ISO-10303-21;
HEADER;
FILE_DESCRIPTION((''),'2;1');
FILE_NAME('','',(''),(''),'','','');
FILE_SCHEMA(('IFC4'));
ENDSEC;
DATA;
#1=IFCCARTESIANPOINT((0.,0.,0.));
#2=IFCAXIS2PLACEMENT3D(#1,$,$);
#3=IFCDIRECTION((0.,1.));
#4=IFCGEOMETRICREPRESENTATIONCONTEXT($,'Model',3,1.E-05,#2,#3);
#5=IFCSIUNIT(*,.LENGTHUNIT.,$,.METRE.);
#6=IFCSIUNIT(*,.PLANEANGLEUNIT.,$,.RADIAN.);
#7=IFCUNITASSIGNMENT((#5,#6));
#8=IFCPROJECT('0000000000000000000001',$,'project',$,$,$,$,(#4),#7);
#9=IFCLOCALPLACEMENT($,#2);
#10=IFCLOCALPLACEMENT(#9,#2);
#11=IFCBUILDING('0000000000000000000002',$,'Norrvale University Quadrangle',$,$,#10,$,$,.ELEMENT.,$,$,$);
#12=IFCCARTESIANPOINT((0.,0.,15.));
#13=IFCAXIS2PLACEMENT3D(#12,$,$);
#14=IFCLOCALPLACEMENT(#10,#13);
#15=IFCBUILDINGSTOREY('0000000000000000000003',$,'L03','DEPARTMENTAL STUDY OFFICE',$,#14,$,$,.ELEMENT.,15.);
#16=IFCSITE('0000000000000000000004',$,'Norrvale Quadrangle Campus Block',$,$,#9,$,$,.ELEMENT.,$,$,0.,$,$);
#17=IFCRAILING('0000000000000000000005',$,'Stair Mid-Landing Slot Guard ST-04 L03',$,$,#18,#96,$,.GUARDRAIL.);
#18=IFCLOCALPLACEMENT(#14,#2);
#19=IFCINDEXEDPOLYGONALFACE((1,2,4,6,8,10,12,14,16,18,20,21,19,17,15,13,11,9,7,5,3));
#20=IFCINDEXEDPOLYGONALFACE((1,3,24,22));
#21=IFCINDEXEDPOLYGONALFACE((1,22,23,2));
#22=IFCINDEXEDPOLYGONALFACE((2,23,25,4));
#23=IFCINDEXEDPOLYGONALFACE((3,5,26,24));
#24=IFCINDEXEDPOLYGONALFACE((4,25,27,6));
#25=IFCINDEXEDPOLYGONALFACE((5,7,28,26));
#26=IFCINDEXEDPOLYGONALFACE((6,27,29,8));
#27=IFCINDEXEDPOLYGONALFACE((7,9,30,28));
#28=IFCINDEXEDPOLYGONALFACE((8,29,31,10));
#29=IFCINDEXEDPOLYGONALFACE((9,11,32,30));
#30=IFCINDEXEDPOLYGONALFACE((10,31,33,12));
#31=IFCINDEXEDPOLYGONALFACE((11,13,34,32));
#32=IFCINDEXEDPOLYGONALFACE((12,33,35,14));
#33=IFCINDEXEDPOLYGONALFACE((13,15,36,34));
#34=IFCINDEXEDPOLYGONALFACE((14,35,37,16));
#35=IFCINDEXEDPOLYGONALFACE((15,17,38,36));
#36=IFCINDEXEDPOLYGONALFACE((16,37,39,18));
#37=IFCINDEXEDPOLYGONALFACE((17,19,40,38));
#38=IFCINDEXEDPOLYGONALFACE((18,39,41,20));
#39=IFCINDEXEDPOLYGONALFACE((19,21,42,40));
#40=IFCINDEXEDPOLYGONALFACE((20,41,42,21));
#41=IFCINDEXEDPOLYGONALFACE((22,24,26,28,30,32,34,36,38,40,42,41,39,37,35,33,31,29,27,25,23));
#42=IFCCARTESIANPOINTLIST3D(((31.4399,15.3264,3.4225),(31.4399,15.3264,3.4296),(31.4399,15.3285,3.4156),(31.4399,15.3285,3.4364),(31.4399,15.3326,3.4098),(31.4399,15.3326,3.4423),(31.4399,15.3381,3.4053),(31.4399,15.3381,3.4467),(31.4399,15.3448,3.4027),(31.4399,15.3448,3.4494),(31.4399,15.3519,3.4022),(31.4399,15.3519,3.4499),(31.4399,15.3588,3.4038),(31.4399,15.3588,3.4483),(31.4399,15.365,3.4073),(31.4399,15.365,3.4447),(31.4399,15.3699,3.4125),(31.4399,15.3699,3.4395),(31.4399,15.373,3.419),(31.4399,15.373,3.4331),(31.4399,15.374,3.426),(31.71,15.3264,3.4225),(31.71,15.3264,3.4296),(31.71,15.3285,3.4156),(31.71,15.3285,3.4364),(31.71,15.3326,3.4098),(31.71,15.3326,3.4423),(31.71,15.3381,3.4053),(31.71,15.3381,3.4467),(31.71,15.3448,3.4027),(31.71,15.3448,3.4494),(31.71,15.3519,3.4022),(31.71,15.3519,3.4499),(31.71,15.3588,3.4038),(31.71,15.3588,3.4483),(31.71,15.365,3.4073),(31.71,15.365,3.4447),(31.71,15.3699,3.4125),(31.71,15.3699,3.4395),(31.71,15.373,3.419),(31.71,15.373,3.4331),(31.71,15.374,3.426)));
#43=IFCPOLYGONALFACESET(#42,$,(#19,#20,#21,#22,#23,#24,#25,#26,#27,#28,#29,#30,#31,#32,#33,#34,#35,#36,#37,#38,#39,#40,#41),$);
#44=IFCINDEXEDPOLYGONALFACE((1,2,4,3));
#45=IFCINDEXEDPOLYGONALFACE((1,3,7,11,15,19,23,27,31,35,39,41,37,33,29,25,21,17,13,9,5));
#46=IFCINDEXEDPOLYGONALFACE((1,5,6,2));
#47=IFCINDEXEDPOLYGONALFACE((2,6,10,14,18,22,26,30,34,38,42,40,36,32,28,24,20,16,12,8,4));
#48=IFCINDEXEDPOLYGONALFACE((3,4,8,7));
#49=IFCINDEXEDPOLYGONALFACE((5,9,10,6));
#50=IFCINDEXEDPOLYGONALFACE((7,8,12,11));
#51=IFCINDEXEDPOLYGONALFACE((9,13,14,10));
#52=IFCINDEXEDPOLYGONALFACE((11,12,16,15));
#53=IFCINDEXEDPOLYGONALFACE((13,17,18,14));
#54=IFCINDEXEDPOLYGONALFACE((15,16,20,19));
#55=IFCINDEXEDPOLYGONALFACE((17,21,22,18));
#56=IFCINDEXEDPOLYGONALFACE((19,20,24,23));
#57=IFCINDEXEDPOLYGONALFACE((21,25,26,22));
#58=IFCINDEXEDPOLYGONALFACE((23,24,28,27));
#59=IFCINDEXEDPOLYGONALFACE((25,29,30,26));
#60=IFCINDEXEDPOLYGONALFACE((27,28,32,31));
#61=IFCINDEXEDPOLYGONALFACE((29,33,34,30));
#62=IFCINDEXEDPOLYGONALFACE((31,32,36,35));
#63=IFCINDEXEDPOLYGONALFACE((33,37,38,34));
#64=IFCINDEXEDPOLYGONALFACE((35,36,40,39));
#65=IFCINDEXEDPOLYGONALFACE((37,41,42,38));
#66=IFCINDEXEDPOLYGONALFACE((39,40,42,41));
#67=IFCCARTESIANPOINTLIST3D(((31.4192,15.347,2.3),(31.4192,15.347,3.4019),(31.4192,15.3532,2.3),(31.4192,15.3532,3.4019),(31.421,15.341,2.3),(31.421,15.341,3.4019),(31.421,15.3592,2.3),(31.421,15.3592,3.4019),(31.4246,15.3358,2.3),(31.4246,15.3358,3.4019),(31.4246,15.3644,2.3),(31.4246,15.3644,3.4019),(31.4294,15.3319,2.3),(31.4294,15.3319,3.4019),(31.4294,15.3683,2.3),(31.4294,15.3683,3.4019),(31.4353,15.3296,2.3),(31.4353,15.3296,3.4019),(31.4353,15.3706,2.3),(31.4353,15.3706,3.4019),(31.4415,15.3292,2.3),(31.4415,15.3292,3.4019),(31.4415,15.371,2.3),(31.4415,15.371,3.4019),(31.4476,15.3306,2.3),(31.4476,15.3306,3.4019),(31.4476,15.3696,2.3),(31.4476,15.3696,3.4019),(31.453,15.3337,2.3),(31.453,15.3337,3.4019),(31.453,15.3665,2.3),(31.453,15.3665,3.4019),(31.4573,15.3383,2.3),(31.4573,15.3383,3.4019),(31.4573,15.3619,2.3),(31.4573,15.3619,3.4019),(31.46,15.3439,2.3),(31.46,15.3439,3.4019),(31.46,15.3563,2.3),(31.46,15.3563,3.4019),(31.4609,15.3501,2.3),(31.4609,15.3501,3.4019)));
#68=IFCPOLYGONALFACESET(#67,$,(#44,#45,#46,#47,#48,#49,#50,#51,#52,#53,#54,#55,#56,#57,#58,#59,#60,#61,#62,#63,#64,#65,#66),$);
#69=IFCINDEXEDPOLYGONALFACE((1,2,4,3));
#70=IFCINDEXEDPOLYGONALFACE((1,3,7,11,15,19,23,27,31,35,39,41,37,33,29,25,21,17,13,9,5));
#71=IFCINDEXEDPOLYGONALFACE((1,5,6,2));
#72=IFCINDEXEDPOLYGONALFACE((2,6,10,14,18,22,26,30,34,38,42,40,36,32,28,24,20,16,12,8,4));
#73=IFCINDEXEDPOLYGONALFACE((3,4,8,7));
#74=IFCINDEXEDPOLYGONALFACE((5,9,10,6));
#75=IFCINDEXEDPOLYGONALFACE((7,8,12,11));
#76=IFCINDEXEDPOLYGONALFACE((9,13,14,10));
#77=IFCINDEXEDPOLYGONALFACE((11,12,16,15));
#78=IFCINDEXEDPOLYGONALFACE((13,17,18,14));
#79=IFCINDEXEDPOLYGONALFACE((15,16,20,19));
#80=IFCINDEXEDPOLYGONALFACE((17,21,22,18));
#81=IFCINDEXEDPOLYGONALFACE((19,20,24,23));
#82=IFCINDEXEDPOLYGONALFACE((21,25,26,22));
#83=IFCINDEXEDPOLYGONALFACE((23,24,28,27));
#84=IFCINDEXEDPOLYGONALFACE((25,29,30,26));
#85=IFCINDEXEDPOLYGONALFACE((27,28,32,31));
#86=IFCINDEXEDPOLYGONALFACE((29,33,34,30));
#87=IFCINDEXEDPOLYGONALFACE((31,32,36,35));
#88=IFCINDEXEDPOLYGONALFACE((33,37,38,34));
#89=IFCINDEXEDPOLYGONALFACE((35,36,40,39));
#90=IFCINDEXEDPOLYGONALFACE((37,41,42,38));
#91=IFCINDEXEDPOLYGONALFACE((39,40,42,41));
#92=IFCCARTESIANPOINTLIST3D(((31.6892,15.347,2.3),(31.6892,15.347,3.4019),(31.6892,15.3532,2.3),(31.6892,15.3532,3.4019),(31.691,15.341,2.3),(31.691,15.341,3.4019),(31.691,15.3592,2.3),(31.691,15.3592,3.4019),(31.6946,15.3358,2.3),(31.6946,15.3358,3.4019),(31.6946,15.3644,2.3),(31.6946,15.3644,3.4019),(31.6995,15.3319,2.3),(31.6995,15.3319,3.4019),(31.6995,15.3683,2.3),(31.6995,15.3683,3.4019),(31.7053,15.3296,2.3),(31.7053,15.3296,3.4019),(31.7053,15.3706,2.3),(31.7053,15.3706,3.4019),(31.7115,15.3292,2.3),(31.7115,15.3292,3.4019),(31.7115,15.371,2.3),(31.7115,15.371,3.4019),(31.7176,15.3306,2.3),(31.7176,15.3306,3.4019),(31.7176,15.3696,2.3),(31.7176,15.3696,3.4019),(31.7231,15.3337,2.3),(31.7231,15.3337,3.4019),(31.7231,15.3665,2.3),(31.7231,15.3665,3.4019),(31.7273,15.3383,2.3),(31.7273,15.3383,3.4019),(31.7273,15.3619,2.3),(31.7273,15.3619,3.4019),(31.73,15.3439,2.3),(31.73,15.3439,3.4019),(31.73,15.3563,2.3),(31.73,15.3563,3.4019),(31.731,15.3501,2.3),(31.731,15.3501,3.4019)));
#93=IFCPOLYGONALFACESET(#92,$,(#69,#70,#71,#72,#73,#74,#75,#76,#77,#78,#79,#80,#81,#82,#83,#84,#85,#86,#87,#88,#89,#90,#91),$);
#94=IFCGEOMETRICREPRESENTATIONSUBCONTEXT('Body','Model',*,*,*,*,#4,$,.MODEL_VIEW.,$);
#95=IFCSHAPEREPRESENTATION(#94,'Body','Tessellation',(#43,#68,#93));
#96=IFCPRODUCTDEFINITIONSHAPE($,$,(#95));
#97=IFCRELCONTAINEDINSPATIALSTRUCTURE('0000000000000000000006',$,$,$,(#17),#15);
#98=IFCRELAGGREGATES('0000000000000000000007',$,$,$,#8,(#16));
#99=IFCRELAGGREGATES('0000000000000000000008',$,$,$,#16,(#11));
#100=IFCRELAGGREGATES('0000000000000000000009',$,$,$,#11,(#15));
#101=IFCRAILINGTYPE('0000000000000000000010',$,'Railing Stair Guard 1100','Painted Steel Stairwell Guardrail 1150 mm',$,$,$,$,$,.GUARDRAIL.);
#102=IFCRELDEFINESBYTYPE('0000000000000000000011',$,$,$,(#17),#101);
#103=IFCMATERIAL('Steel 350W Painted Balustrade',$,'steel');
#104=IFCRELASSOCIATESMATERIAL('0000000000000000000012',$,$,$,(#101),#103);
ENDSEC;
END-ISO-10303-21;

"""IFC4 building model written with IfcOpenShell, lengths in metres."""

from ifc_helpers import new_model, si_unit, direction, frame, origin, origin_2d, place, context, subcontext, project, spatial, circle, extrude, material, type_object, element, save


model = new_model("IFC4")

# Units and contexts
model_context = context("Model", 3, precision=1e-05, world=origin(), true_north=direction((0.0, 1.0)))
body_context = subcontext(model_context, "Body", "Model", "MODEL_VIEW")
ifc_project = project(units=[si_unit("LENGTHUNIT", "METRE"), si_unit("PLANEANGLEUNIT", "RADIAN")], contexts=[model_context])

# Site, building, storey
site_placement = place(None, origin())
site = spatial("IfcSite", under=ifc_project, at=site_placement, Name="Norrvale Quadrangle Campus Block", CompositionType="ELEMENT", RefElevation=0.0)
building_placement = place(site_placement, origin())
building = spatial("IfcBuilding", under=site, at=building_placement, Name="Norrvale University Quadrangle", CompositionType="ELEMENT")
storey_placement = place(building_placement, frame((0.0, 0.0, 15.0)))
storey = spatial("IfcBuildingStorey", under=building, at=storey_placement, Name="L03", Description="DEPARTMENTAL STUDY OFFICE", CompositionType="ELEMENT", Elevation=15.0)

# Railing
ifc_material_1 = material(Name="Steel 350W Painted Balustrade", Category="steel")
railing_type_1 = type_object("IfcRailingType", Name="Railing Stair Guard 1100", Description="Painted Steel Stairwell Guardrail 1150 mm", PredefinedType="GUARDRAIL", material=ifc_material_1)
for number, where, name in (
    (1, (31.4399, 15.3501, 2.3), "Stair Mid-Landing Slot Guard ST-04 L03"),
):
    element("IfcRailing", number, at=place(storey_placement, frame(where)), inside=storey, type_object=railing_type_1, Name=name, PredefinedType="GUARDRAIL", context=body_context, shape_type="SweptSolid", body=[
        extrude(circle(Radius=0.0239, at=origin_2d()), frame((0.0, 0.0, 1.126), z_axis=(1.0, 0.0, 0.0), x_axis=(0.0, 1.0, 0.0)), (0.0, 0.0, 1.0), 0.27),
        extrude(circle(Radius=0.021, at=origin_2d()), origin(), (0.0, 0.0, 1.0), 1.1018),
        extrude(circle(Radius=0.021, at=origin_2d()), frame((0.27, 0.0, 0.0)), (0.0, 0.0, 1.0), 1.1018),
    ])

save(model, "model.ifc")
